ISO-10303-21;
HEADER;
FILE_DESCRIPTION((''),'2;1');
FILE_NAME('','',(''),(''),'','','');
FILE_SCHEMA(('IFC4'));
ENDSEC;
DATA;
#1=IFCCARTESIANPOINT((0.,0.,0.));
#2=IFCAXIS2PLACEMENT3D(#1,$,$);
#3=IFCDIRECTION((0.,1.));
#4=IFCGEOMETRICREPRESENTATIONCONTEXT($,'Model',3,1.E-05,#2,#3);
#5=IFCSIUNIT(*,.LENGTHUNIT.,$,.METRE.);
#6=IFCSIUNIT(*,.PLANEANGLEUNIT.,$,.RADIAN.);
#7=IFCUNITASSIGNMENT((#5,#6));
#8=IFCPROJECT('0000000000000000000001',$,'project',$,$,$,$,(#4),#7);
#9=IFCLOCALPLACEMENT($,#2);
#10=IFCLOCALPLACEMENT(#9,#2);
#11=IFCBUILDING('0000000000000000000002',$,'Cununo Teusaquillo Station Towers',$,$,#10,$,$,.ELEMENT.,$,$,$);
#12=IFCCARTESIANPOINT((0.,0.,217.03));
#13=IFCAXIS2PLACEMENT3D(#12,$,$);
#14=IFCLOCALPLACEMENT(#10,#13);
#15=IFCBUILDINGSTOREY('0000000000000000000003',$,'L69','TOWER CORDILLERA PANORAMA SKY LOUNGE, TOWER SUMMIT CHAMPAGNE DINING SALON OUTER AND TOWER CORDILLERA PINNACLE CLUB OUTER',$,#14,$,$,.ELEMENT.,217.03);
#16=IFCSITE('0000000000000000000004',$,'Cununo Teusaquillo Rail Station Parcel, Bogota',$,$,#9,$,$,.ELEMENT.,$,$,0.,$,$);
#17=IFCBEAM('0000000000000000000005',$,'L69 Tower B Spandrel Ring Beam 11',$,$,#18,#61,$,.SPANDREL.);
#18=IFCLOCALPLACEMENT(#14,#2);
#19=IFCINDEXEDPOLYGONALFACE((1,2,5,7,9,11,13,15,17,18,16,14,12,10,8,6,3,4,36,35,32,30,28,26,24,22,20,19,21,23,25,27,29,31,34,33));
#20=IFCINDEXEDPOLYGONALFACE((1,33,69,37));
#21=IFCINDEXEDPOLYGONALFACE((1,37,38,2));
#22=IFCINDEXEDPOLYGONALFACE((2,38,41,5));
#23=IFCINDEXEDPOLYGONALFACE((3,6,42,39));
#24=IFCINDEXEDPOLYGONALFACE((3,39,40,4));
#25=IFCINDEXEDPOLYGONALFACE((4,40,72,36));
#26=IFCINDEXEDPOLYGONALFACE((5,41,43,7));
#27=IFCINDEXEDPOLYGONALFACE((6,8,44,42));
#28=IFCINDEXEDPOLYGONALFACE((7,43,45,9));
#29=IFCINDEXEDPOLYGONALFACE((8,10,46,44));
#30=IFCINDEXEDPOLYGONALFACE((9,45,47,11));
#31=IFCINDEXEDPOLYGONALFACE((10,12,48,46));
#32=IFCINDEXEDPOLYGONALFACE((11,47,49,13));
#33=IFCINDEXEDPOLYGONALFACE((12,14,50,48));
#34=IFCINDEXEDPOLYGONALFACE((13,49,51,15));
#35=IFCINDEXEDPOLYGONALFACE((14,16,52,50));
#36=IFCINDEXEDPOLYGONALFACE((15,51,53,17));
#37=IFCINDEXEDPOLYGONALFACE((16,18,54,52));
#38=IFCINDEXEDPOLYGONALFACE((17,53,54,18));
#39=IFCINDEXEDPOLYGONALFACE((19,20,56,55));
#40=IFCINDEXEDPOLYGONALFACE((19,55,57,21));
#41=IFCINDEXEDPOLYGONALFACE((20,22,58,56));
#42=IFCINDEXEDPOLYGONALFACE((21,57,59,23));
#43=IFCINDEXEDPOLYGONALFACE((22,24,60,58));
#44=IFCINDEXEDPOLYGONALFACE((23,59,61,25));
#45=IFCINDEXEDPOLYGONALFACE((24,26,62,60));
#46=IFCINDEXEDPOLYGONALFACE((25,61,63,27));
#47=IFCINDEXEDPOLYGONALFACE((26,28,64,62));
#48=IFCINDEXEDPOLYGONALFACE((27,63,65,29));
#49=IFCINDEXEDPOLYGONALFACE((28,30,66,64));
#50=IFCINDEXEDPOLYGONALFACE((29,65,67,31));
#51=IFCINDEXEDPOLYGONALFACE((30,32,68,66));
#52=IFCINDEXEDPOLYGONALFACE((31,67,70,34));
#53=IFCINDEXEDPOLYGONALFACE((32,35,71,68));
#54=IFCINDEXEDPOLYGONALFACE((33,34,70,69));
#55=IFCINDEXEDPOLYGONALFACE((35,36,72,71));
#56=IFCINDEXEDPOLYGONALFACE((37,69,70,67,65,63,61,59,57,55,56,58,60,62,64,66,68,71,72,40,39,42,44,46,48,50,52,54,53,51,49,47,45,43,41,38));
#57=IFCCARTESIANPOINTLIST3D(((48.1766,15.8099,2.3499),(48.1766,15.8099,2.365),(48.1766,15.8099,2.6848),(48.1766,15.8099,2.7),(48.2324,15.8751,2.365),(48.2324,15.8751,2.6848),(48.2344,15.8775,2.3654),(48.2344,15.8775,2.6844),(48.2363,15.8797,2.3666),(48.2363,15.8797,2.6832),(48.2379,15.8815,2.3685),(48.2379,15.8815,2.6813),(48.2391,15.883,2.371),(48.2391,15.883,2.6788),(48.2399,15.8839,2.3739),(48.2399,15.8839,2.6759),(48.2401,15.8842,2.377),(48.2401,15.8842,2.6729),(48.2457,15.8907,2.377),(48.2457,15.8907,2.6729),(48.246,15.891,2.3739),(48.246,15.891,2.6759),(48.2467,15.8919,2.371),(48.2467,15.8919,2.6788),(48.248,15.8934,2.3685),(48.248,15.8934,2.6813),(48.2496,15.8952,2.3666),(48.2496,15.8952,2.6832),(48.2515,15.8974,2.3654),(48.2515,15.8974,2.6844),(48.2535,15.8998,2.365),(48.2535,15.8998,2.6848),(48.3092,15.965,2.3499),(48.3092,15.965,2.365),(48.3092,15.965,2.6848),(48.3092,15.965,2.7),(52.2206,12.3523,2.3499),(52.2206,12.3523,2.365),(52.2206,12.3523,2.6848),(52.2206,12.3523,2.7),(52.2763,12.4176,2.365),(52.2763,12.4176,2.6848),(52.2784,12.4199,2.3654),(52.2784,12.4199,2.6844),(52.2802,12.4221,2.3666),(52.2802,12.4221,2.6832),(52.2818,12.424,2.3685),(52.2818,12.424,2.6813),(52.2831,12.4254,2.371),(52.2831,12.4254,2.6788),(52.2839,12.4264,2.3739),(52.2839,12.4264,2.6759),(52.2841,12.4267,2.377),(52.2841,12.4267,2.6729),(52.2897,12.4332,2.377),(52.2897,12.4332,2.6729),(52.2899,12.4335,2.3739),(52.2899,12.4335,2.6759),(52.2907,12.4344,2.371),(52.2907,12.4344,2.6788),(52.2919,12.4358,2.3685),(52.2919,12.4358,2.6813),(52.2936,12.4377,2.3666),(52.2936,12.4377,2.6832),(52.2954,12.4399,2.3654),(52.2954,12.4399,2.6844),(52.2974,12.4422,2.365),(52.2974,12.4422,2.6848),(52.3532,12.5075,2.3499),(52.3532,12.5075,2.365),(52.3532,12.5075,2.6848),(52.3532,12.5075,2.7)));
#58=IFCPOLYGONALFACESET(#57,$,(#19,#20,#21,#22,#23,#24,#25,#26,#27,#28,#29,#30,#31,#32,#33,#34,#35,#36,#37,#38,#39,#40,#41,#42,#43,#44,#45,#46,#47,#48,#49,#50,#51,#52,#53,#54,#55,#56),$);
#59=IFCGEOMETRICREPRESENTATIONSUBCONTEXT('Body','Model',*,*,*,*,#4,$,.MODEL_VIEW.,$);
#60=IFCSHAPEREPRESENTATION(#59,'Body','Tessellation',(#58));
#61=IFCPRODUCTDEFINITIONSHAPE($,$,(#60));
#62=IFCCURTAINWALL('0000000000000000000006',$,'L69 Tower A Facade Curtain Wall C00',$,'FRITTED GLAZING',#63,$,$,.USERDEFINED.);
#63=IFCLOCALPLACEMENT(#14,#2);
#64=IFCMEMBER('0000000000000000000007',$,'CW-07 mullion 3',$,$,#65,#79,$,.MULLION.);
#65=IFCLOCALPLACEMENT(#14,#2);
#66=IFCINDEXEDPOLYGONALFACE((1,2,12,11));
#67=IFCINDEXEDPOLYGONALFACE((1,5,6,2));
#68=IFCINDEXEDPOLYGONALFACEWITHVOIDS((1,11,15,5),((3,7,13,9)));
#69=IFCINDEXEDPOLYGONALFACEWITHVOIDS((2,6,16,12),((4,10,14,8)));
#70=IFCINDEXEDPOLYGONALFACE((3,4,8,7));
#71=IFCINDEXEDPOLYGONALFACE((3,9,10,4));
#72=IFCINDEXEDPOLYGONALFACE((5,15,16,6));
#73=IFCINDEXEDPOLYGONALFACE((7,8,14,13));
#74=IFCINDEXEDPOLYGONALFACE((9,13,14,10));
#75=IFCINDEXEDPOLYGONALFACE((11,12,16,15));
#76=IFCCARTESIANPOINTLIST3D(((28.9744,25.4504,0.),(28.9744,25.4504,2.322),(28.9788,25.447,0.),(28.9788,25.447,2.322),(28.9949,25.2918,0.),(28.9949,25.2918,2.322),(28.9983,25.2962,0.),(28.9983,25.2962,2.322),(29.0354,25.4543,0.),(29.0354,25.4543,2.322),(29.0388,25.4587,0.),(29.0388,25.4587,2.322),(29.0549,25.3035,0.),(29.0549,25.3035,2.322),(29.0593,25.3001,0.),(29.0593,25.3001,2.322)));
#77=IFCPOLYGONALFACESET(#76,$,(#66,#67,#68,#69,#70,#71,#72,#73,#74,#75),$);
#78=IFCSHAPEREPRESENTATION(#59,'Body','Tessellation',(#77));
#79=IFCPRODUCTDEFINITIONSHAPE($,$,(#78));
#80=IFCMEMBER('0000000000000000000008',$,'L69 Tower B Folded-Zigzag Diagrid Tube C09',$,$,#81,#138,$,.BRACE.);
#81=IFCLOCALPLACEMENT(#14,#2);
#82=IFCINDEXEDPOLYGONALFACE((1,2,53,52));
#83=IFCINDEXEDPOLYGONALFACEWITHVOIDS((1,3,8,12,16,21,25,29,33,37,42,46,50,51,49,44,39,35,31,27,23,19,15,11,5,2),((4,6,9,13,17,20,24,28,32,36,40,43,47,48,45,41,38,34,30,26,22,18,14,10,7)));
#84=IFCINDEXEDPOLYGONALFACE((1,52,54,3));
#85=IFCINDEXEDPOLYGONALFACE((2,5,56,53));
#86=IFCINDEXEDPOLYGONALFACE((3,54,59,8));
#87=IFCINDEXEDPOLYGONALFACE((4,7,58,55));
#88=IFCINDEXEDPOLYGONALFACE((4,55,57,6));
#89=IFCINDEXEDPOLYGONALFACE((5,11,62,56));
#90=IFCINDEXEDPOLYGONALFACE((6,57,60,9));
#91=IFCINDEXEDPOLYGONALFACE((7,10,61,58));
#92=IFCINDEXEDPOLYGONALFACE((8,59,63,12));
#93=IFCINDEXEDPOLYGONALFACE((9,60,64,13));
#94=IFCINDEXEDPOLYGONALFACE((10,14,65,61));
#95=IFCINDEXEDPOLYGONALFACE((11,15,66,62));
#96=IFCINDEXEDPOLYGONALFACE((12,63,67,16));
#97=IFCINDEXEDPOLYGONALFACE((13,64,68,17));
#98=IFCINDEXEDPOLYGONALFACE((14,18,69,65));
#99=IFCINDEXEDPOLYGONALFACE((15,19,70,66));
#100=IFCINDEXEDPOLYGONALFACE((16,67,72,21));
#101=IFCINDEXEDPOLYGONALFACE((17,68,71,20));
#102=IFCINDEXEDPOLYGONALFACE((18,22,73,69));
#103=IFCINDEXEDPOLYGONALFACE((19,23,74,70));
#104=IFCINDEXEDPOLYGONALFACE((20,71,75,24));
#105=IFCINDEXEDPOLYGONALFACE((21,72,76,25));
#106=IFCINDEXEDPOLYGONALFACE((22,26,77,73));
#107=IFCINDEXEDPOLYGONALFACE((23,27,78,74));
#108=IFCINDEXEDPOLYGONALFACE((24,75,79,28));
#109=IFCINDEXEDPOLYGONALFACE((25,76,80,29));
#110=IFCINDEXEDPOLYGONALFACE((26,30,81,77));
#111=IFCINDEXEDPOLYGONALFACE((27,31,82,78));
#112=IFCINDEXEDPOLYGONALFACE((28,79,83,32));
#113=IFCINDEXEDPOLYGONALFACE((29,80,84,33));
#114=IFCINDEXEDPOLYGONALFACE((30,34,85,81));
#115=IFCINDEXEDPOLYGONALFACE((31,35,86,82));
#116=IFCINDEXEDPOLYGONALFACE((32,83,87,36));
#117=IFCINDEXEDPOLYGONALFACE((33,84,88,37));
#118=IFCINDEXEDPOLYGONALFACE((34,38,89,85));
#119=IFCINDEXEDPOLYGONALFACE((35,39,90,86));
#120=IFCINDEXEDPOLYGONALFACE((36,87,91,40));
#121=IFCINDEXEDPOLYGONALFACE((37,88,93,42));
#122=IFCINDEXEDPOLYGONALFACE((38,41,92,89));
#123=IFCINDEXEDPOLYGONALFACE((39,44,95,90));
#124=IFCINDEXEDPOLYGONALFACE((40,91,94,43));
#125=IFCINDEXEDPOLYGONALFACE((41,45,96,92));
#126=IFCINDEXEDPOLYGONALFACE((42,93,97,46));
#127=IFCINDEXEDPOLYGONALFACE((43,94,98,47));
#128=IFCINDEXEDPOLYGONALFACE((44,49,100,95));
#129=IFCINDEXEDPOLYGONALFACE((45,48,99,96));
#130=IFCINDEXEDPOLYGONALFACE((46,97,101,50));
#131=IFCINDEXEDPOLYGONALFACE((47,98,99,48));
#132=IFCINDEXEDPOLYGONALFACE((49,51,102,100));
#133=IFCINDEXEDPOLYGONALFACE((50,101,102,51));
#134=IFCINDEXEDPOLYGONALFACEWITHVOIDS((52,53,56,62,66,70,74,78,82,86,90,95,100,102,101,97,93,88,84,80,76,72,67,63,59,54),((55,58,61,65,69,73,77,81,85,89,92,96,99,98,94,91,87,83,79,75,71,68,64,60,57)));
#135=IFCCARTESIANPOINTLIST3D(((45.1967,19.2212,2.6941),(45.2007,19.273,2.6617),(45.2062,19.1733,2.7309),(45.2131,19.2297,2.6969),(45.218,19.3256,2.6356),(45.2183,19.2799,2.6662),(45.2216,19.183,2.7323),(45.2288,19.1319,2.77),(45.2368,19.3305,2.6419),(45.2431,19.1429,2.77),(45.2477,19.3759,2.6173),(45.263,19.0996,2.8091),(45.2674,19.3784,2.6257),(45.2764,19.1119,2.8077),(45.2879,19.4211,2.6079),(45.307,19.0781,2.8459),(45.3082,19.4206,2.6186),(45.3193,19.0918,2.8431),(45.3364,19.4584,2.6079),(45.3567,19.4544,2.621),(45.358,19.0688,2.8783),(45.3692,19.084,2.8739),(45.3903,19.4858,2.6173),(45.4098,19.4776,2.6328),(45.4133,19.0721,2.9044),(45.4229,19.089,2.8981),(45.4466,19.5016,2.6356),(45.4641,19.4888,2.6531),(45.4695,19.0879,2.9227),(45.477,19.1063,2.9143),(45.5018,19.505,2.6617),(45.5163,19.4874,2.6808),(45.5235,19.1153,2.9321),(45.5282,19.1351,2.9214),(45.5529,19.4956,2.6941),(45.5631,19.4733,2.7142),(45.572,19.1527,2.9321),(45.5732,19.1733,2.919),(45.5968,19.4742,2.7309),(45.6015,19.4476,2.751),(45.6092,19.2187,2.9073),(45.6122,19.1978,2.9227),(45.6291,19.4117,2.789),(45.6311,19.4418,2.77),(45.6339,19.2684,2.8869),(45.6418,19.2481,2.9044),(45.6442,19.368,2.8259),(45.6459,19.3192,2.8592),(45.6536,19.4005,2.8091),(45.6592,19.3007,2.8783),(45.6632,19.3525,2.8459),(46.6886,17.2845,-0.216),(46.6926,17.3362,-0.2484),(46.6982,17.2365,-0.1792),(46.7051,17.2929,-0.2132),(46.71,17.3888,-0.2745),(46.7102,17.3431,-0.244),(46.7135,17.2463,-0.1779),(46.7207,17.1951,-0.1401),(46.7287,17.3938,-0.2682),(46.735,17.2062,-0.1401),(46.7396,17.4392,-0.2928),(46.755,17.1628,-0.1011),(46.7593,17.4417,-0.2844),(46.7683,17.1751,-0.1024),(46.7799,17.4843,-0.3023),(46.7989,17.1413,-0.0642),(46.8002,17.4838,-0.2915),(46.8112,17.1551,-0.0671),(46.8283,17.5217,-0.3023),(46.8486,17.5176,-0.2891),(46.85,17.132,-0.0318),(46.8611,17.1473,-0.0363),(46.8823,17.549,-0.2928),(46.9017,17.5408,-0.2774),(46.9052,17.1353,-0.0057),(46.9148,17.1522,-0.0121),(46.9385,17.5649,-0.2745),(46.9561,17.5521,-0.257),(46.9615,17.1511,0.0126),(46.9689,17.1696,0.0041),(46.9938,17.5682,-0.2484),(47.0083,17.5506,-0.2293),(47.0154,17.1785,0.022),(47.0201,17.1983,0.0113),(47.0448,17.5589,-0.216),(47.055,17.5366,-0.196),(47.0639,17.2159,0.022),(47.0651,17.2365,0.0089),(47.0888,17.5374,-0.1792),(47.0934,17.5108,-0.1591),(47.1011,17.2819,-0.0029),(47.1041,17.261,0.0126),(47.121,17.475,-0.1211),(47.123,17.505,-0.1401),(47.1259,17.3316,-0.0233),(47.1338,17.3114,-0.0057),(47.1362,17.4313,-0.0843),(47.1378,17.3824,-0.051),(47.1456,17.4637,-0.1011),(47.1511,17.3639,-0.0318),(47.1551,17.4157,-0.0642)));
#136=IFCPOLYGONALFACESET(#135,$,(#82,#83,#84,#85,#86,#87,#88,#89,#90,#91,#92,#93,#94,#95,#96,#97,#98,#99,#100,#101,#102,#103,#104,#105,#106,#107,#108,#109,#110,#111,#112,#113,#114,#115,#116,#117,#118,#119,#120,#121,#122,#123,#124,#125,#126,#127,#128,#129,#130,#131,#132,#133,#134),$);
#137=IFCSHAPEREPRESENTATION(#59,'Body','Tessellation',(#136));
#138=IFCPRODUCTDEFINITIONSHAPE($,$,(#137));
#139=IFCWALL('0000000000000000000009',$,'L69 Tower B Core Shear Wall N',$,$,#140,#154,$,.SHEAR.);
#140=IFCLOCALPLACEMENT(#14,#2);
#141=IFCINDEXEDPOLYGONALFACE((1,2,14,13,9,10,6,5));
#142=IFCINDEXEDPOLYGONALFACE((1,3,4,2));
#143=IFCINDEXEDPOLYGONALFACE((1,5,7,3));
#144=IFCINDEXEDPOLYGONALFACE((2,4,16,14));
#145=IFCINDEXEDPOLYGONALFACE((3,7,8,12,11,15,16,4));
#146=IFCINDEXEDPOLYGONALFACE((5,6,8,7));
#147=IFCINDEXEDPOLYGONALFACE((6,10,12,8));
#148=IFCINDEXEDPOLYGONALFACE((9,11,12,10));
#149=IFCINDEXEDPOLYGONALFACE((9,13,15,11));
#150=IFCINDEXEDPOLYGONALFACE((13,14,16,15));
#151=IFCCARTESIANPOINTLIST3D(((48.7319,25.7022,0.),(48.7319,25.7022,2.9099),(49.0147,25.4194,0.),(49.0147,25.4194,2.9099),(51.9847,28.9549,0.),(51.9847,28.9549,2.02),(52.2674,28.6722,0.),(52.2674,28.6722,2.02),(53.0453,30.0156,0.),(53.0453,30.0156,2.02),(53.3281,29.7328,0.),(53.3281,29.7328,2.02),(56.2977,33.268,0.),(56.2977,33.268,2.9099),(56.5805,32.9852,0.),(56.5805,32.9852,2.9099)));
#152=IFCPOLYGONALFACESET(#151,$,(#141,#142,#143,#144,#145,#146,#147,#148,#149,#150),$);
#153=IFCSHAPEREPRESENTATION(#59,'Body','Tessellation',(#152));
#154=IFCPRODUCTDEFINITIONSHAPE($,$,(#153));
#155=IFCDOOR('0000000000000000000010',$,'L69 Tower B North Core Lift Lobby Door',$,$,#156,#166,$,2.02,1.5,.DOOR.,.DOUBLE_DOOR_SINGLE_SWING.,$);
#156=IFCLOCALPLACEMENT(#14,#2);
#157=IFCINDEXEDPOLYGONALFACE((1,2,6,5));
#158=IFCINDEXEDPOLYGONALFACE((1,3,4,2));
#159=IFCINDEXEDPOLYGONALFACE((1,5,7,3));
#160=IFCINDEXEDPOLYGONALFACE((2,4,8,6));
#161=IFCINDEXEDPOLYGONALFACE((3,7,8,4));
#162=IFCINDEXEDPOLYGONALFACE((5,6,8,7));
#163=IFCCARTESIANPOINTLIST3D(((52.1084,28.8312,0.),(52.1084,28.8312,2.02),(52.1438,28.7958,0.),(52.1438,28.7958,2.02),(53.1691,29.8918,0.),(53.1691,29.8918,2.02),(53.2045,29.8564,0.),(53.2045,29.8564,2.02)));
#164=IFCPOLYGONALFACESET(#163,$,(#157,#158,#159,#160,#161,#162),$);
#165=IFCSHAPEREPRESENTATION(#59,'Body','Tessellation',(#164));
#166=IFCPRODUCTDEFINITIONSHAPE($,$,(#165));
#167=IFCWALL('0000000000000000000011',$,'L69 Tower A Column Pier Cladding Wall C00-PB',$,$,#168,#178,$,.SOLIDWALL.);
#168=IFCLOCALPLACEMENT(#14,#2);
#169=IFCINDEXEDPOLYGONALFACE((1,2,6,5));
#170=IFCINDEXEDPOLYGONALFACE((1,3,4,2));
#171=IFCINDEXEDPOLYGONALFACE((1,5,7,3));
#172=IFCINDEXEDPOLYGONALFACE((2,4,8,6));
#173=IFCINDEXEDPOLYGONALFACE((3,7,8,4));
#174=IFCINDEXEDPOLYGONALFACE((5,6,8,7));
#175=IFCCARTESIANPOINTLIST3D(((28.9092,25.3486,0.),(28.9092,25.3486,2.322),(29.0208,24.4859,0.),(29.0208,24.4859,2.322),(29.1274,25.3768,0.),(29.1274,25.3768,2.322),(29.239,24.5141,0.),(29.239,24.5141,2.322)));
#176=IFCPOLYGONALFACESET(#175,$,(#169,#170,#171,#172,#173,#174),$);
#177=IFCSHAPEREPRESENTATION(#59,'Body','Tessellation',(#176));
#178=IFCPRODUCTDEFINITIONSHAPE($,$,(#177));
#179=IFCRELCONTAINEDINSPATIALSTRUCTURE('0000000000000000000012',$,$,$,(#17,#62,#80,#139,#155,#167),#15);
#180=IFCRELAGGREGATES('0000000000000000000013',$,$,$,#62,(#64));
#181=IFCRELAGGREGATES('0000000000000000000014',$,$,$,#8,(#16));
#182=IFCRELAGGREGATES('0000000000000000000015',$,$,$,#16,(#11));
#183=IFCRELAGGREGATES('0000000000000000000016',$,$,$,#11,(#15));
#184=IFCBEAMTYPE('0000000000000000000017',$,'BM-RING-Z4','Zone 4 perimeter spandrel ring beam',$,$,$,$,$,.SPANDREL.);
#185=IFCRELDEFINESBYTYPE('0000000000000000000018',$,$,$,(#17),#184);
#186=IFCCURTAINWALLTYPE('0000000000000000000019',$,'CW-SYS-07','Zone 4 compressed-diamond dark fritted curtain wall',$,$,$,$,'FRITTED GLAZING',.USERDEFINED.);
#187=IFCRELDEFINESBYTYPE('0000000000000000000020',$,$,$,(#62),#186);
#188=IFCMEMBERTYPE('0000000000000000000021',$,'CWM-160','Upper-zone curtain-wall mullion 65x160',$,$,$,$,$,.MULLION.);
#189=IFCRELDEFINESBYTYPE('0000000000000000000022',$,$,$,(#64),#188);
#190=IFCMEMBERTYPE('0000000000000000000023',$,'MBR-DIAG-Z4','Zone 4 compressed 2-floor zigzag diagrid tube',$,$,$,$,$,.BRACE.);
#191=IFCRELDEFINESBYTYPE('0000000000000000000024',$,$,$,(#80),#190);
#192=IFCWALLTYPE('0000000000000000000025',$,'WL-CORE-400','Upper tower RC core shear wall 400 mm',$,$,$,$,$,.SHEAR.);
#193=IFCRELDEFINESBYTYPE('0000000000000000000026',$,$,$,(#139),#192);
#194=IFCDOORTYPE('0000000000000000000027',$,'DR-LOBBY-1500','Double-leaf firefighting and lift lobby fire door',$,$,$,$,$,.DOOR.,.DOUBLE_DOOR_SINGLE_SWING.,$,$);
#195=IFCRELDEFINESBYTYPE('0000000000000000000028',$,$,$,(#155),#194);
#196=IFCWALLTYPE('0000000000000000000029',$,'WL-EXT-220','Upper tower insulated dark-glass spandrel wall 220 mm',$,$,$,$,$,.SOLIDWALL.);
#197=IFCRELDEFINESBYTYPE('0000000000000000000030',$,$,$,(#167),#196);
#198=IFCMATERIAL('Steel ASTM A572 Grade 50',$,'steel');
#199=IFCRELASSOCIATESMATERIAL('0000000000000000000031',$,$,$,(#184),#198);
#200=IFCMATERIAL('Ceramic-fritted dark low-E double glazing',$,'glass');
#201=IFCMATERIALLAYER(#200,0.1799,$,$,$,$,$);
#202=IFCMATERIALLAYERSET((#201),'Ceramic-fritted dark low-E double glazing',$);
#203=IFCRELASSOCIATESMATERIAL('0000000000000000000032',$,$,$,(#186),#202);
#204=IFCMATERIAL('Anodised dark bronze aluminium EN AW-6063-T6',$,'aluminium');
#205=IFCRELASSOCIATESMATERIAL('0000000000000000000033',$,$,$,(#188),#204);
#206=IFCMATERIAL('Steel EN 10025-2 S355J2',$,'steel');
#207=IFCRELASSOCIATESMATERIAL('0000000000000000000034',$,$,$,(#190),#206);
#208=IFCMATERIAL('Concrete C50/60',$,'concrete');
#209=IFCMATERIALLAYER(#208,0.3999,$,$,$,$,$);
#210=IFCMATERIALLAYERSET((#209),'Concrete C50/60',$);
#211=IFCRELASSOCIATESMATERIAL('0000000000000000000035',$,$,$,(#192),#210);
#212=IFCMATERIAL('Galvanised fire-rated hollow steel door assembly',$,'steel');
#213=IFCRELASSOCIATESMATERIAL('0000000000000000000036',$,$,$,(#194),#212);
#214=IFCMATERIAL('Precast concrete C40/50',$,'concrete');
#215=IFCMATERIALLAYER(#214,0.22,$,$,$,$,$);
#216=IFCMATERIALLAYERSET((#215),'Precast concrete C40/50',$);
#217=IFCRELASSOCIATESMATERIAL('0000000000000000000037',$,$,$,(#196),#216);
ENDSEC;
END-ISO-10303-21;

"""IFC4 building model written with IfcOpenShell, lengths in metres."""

from ifc_helpers import new_model, si_unit, direction, frame, frame_2d, origin, origin_2d, place, context, subcontext, project, spatial, rectangle, hollow_rectangle, hollow_circle, i_section, extrude, source, transform, mapped, material, layer, layer_set, material_profile, profile_set, type_object, element, fill, aggregate, save


model = new_model("IFC4")

# Units and contexts
model_context = context("Model", 3, precision=1e-05, world=origin(), true_north=direction((0.0, 1.0)))
body_context = subcontext(model_context, "Body", "Model", "MODEL_VIEW")
ifc_project = project(units=[si_unit("LENGTHUNIT", "METRE"), si_unit("PLANEANGLEUNIT", "RADIAN")], contexts=[model_context])

# Site, building, storey
site_placement = place(None, origin())
site = spatial("IfcSite", under=ifc_project, at=site_placement, Name="Cununo Teusaquillo Rail Station Parcel, Bogota", CompositionType="ELEMENT", RefElevation=0.0)
building_placement = place(site_placement, origin())
building = spatial("IfcBuilding", under=site, at=building_placement, Name="Cununo Teusaquillo Station Towers", CompositionType="ELEMENT")
storey_placement = place(building_placement, frame((0.0, 0.0, 217.03)))
storey = spatial("IfcBuildingStorey", under=building, at=storey_placement, Name="L69", Description="TOWER CORDILLERA PANORAMA SKY LOUNGE, TOWER SUMMIT CHAMPAGNE DINING SALON OUTER AND TOWER CORDILLERA PINNACLE CLUB OUTER", CompositionType="ELEMENT", Elevation=217.03)

# Beam
ifc_material_1 = material(Name="Steel ASTM A572 Grade 50", Category="steel")
ifc_material_profile_1 = material_profile(ifc_material_1, i_section(OverallWidth=0.2041, OverallDepth=0.3501, WebThickness=0.0085, FlangeThickness=0.0151, FilletRadius=0.012, at=origin_2d()), Name="W14X48")
ifc_profile_set_1 = profile_set([ifc_material_profile_1], Name="Steel ASTM A572 Grade 50")
beam_type_1 = type_object("IfcBeamType", Name="BM-RING-Z4", Description="Zone 4 perimeter spandrel ring beam", PredefinedType="SPANDREL", material=ifc_profile_set_1)
beam_1_placement = place(storey_placement, frame((48.2429, 15.8875, 2.5249), z_axis=(0.760066, -0.649846, 0.0), x_axis=(0.649846, 0.760066, 0.0)))
element("IfcBeam", 1, at=beam_1_placement, inside=storey, type_object=beam_type_1, Name="L69 Tower B Spandrel Ring Beam 11", PredefinedType="SPANDREL", context=body_context, shape_type="SweptSolid", body=[
    extrude(i_section(OverallWidth=0.2041, OverallDepth=0.3501, WebThickness=0.0085, FlangeThickness=0.0151, FilletRadius=0.012, at=origin_2d()), origin(), (0.0, 0.0, 1.0), 5.3206),
])

# Curtain wall, member
ifc_material_2 = material(Name="Ceramic-fritted dark low-E double glazing", Category="glass")
ifc_layer_1 = layer(ifc_material_2, 0.1799)
ifc_layer_set_1 = layer_set([ifc_layer_1], Name="Ceramic-fritted dark low-E double glazing")
curtain_wall_type = type_object("IfcCurtainWallType", Name="CW-SYS-07", Description="Zone 4 compressed-diamond dark fritted curtain wall", ElementType="FRITTED GLAZING", PredefinedType="USERDEFINED", material=ifc_layer_set_1)
curtain_wall_placement = place(storey_placement, origin())
curtain_wall = element("IfcCurtainWall", 2, at=curtain_wall_placement, inside=storey, type_object=curtain_wall_type, Name="L69 Tower A Facade Curtain Wall C00", ObjectType="FRITTED GLAZING", PredefinedType="USERDEFINED")
ifc_material_3 = material(Name="Anodised dark bronze aluminium EN AW-6063-T6", Category="aluminium")
ifc_material_profile_2 = material_profile(ifc_material_3, hollow_rectangle(XDim=0.0649, YDim=0.1599, WallThickness=0.0039, at=origin_2d()), Name="CW-MULL-65x160")
ifc_profile_set_2 = profile_set([ifc_material_profile_2], Name="Anodised dark bronze aluminium EN AW-6063-T6")
member_type_1 = type_object("IfcMemberType", Name="CWM-160", Description="Upper-zone curtain-wall mullion 65x160", PredefinedType="MULLION", material=ifc_profile_set_2)
member_1_placement = place(storey_placement, frame((29.0168, 25.3752, 0.0), z_axis=(0.0, 0.0, 1.0), x_axis=(0.991742, 0.128253, 0.0)))
member_1 = element("IfcMember", 3, at=member_1_placement, type_object=member_type_1, Name="CW-07 mullion 3", PredefinedType="MULLION", context=body_context, shape_type="SweptSolid", body=[
    extrude(hollow_rectangle(XDim=0.0649, YDim=0.1599, WallThickness=0.0039, at=origin_2d()), origin(), (0.0, 0.0, 1.0), 2.322),
])
aggregate(curtain_wall, [member_1])

# Member
ifc_material_4 = material(Name="Steel EN 10025-2 S355J2", Category="steel")
ifc_material_profile_3 = material_profile(ifc_material_4, hollow_circle(Radius=0.2539, WallThickness=0.0181, at=origin_2d()), Name="CHS 508x18")
ifc_profile_set_3 = profile_set([ifc_material_profile_3], Name="Steel EN 10025-2 S355J2")
member_type_2 = type_object("IfcMemberType", Name="MBR-DIAG-Z4", Description="Zone 4 compressed 2-floor zigzag diagrid tube", PredefinedType="BRACE", material=ifc_profile_set_3)
member_2_placement = place(storey_placement, frame((46.9219, 17.3501, -0.1401), z_axis=(-0.392535, 0.50957, 0.765672), x_axis=(-0.792204, -0.610256, 0.0)))
element("IfcMember", 4, at=member_2_placement, inside=storey, type_object=member_type_2, Name="L69 Tower B Folded-Zigzag Diagrid Tube C09", PredefinedType="BRACE", context=body_context, shape_type="SweptSolid", body=[
    extrude(hollow_circle(Radius=0.2539, WallThickness=0.0181, at=origin_2d()), origin(), (0.0, 0.0, 1.0), 3.8008),
])

# Wall, opening, door
ifc_material_5 = material(Name="Concrete C50/60", Category="concrete")
ifc_layer_2 = layer(ifc_material_5, 0.3999)
ifc_layer_set_2 = layer_set([ifc_layer_2], Name="Concrete C50/60")
wall_type_1 = type_object("IfcWallType", Name="WL-CORE-400", Description="Upper tower RC core shear wall 400 mm", PredefinedType="SHEAR", material=ifc_layer_set_2)
wall_1_placement = place(storey_placement, frame((48.8733, 25.5608, 0.0), z_axis=(0.0, 0.0, 1.0), x_axis=(0.707107, 0.707107, 0.0)))
wall_1 = element("IfcWall", 5, at=wall_1_placement, inside=storey, type_object=wall_type_1, Name="L69 Tower B Core Shear Wall N", PredefinedType="SHEAR", context=body_context, shape_type="SweptSolid", body=[
    extrude(rectangle(XDim=10.6997, YDim=0.3999, at=frame_2d((5.3499, 0.0))), origin(), (0.0, 0.0, 1.0), 2.9099),
])
shared_shape_1 = source(origin(), body_context, "Body", "SweptSolid", [
    extrude(rectangle(XDim=1.5, YDim=2.02, at=frame_2d((0.75, 1.01))), frame((0.0, 0.21, 0.0), z_axis=(0.0, -1.0, 0.0), x_axis=(1.0, 0.0, 0.0)), (0.0, 0.0, 1.0), 0.4199),
])
opening_1_placement = place(wall_1_placement, frame((4.6001, 0.0, 0.0)))
opening_1 = element("IfcOpeningElement", 6, at=opening_1_placement, cuts=wall_1, PredefinedType="OPENING", context=body_context, shape_type="MappedRepresentation", body=[
    mapped(shared_shape_1, transform((0.0, 0.0, 0.0), x_axis=(1.0, 0.0, 0.0), y_axis=(0.0, 1.0, 0.0), z_axis=(0.0, 0.0, 1.0), scale=1.0)),
])
ifc_material_6 = material(Name="Galvanised fire-rated hollow steel door assembly", Category="steel")
door_type_1 = type_object("IfcDoorType", Name="DR-LOBBY-1500", Description="Double-leaf firefighting and lift lobby fire door", OperationType="DOUBLE_DOOR_SINGLE_SWING", PredefinedType="DOOR", material=ifc_material_6)
shared_shape_2 = source(origin(), body_context, "Body", "SweptSolid", [
    extrude(rectangle(XDim=1.5, YDim=2.02, at=frame_2d((0.75, 1.01))), frame((0.0, 0.0249, 0.0), z_axis=(0.0, -1.0, 0.0), x_axis=(1.0, 0.0, 0.0)), (0.0, 0.0, 1.0), 0.05),
])
door_1_placement = place(opening_1_placement, origin())
door_1 = element("IfcDoor", 7, at=door_1_placement, inside=storey, type_object=door_type_1, Name="L69 Tower B North Core Lift Lobby Door", OperationType="DOUBLE_DOOR_SINGLE_SWING", OverallHeight=2.02, OverallWidth=1.5, PredefinedType="DOOR", context=body_context, shape_type="MappedRepresentation", body=[
    mapped(shared_shape_2, transform((0.0, 0.0, 0.0), x_axis=(1.0, 0.0, 0.0), y_axis=(0.0, 1.0, 0.0), z_axis=(0.0, 0.0, 1.0), scale=1.0)),
])
fill(opening_1, door_1)

# Wall
ifc_material_7 = material(Name="Precast concrete C40/50", Category="concrete")
ifc_layer_3 = layer(ifc_material_7, 0.22)
ifc_layer_set_3 = layer_set([ifc_layer_3], Name="Precast concrete C40/50")
wall_type_2 = type_object("IfcWallType", Name="WL-EXT-220", Description="Upper tower insulated dark-glass spandrel wall 220 mm", PredefinedType="SOLIDWALL", material=ifc_layer_set_3)
wall_2_placement = place(storey_placement, frame((29.0183, 25.3628, 0.0), z_axis=(0.0, 0.0, 1.0), x_axis=(0.128247, -0.991742, 0.0)))
element("IfcWall", 8, at=wall_2_placement, inside=storey, type_object=wall_type_2, Name="L69 Tower A Column Pier Cladding Wall C00-PB", PredefinedType="SOLIDWALL", context=body_context, shape_type="SweptSolid", body=[
    extrude(rectangle(XDim=0.8699, YDim=0.22, at=frame_2d((0.4351, 0.0))), origin(), (0.0, 0.0, 1.0), 2.322),
])

save(model, "model.ifc")
